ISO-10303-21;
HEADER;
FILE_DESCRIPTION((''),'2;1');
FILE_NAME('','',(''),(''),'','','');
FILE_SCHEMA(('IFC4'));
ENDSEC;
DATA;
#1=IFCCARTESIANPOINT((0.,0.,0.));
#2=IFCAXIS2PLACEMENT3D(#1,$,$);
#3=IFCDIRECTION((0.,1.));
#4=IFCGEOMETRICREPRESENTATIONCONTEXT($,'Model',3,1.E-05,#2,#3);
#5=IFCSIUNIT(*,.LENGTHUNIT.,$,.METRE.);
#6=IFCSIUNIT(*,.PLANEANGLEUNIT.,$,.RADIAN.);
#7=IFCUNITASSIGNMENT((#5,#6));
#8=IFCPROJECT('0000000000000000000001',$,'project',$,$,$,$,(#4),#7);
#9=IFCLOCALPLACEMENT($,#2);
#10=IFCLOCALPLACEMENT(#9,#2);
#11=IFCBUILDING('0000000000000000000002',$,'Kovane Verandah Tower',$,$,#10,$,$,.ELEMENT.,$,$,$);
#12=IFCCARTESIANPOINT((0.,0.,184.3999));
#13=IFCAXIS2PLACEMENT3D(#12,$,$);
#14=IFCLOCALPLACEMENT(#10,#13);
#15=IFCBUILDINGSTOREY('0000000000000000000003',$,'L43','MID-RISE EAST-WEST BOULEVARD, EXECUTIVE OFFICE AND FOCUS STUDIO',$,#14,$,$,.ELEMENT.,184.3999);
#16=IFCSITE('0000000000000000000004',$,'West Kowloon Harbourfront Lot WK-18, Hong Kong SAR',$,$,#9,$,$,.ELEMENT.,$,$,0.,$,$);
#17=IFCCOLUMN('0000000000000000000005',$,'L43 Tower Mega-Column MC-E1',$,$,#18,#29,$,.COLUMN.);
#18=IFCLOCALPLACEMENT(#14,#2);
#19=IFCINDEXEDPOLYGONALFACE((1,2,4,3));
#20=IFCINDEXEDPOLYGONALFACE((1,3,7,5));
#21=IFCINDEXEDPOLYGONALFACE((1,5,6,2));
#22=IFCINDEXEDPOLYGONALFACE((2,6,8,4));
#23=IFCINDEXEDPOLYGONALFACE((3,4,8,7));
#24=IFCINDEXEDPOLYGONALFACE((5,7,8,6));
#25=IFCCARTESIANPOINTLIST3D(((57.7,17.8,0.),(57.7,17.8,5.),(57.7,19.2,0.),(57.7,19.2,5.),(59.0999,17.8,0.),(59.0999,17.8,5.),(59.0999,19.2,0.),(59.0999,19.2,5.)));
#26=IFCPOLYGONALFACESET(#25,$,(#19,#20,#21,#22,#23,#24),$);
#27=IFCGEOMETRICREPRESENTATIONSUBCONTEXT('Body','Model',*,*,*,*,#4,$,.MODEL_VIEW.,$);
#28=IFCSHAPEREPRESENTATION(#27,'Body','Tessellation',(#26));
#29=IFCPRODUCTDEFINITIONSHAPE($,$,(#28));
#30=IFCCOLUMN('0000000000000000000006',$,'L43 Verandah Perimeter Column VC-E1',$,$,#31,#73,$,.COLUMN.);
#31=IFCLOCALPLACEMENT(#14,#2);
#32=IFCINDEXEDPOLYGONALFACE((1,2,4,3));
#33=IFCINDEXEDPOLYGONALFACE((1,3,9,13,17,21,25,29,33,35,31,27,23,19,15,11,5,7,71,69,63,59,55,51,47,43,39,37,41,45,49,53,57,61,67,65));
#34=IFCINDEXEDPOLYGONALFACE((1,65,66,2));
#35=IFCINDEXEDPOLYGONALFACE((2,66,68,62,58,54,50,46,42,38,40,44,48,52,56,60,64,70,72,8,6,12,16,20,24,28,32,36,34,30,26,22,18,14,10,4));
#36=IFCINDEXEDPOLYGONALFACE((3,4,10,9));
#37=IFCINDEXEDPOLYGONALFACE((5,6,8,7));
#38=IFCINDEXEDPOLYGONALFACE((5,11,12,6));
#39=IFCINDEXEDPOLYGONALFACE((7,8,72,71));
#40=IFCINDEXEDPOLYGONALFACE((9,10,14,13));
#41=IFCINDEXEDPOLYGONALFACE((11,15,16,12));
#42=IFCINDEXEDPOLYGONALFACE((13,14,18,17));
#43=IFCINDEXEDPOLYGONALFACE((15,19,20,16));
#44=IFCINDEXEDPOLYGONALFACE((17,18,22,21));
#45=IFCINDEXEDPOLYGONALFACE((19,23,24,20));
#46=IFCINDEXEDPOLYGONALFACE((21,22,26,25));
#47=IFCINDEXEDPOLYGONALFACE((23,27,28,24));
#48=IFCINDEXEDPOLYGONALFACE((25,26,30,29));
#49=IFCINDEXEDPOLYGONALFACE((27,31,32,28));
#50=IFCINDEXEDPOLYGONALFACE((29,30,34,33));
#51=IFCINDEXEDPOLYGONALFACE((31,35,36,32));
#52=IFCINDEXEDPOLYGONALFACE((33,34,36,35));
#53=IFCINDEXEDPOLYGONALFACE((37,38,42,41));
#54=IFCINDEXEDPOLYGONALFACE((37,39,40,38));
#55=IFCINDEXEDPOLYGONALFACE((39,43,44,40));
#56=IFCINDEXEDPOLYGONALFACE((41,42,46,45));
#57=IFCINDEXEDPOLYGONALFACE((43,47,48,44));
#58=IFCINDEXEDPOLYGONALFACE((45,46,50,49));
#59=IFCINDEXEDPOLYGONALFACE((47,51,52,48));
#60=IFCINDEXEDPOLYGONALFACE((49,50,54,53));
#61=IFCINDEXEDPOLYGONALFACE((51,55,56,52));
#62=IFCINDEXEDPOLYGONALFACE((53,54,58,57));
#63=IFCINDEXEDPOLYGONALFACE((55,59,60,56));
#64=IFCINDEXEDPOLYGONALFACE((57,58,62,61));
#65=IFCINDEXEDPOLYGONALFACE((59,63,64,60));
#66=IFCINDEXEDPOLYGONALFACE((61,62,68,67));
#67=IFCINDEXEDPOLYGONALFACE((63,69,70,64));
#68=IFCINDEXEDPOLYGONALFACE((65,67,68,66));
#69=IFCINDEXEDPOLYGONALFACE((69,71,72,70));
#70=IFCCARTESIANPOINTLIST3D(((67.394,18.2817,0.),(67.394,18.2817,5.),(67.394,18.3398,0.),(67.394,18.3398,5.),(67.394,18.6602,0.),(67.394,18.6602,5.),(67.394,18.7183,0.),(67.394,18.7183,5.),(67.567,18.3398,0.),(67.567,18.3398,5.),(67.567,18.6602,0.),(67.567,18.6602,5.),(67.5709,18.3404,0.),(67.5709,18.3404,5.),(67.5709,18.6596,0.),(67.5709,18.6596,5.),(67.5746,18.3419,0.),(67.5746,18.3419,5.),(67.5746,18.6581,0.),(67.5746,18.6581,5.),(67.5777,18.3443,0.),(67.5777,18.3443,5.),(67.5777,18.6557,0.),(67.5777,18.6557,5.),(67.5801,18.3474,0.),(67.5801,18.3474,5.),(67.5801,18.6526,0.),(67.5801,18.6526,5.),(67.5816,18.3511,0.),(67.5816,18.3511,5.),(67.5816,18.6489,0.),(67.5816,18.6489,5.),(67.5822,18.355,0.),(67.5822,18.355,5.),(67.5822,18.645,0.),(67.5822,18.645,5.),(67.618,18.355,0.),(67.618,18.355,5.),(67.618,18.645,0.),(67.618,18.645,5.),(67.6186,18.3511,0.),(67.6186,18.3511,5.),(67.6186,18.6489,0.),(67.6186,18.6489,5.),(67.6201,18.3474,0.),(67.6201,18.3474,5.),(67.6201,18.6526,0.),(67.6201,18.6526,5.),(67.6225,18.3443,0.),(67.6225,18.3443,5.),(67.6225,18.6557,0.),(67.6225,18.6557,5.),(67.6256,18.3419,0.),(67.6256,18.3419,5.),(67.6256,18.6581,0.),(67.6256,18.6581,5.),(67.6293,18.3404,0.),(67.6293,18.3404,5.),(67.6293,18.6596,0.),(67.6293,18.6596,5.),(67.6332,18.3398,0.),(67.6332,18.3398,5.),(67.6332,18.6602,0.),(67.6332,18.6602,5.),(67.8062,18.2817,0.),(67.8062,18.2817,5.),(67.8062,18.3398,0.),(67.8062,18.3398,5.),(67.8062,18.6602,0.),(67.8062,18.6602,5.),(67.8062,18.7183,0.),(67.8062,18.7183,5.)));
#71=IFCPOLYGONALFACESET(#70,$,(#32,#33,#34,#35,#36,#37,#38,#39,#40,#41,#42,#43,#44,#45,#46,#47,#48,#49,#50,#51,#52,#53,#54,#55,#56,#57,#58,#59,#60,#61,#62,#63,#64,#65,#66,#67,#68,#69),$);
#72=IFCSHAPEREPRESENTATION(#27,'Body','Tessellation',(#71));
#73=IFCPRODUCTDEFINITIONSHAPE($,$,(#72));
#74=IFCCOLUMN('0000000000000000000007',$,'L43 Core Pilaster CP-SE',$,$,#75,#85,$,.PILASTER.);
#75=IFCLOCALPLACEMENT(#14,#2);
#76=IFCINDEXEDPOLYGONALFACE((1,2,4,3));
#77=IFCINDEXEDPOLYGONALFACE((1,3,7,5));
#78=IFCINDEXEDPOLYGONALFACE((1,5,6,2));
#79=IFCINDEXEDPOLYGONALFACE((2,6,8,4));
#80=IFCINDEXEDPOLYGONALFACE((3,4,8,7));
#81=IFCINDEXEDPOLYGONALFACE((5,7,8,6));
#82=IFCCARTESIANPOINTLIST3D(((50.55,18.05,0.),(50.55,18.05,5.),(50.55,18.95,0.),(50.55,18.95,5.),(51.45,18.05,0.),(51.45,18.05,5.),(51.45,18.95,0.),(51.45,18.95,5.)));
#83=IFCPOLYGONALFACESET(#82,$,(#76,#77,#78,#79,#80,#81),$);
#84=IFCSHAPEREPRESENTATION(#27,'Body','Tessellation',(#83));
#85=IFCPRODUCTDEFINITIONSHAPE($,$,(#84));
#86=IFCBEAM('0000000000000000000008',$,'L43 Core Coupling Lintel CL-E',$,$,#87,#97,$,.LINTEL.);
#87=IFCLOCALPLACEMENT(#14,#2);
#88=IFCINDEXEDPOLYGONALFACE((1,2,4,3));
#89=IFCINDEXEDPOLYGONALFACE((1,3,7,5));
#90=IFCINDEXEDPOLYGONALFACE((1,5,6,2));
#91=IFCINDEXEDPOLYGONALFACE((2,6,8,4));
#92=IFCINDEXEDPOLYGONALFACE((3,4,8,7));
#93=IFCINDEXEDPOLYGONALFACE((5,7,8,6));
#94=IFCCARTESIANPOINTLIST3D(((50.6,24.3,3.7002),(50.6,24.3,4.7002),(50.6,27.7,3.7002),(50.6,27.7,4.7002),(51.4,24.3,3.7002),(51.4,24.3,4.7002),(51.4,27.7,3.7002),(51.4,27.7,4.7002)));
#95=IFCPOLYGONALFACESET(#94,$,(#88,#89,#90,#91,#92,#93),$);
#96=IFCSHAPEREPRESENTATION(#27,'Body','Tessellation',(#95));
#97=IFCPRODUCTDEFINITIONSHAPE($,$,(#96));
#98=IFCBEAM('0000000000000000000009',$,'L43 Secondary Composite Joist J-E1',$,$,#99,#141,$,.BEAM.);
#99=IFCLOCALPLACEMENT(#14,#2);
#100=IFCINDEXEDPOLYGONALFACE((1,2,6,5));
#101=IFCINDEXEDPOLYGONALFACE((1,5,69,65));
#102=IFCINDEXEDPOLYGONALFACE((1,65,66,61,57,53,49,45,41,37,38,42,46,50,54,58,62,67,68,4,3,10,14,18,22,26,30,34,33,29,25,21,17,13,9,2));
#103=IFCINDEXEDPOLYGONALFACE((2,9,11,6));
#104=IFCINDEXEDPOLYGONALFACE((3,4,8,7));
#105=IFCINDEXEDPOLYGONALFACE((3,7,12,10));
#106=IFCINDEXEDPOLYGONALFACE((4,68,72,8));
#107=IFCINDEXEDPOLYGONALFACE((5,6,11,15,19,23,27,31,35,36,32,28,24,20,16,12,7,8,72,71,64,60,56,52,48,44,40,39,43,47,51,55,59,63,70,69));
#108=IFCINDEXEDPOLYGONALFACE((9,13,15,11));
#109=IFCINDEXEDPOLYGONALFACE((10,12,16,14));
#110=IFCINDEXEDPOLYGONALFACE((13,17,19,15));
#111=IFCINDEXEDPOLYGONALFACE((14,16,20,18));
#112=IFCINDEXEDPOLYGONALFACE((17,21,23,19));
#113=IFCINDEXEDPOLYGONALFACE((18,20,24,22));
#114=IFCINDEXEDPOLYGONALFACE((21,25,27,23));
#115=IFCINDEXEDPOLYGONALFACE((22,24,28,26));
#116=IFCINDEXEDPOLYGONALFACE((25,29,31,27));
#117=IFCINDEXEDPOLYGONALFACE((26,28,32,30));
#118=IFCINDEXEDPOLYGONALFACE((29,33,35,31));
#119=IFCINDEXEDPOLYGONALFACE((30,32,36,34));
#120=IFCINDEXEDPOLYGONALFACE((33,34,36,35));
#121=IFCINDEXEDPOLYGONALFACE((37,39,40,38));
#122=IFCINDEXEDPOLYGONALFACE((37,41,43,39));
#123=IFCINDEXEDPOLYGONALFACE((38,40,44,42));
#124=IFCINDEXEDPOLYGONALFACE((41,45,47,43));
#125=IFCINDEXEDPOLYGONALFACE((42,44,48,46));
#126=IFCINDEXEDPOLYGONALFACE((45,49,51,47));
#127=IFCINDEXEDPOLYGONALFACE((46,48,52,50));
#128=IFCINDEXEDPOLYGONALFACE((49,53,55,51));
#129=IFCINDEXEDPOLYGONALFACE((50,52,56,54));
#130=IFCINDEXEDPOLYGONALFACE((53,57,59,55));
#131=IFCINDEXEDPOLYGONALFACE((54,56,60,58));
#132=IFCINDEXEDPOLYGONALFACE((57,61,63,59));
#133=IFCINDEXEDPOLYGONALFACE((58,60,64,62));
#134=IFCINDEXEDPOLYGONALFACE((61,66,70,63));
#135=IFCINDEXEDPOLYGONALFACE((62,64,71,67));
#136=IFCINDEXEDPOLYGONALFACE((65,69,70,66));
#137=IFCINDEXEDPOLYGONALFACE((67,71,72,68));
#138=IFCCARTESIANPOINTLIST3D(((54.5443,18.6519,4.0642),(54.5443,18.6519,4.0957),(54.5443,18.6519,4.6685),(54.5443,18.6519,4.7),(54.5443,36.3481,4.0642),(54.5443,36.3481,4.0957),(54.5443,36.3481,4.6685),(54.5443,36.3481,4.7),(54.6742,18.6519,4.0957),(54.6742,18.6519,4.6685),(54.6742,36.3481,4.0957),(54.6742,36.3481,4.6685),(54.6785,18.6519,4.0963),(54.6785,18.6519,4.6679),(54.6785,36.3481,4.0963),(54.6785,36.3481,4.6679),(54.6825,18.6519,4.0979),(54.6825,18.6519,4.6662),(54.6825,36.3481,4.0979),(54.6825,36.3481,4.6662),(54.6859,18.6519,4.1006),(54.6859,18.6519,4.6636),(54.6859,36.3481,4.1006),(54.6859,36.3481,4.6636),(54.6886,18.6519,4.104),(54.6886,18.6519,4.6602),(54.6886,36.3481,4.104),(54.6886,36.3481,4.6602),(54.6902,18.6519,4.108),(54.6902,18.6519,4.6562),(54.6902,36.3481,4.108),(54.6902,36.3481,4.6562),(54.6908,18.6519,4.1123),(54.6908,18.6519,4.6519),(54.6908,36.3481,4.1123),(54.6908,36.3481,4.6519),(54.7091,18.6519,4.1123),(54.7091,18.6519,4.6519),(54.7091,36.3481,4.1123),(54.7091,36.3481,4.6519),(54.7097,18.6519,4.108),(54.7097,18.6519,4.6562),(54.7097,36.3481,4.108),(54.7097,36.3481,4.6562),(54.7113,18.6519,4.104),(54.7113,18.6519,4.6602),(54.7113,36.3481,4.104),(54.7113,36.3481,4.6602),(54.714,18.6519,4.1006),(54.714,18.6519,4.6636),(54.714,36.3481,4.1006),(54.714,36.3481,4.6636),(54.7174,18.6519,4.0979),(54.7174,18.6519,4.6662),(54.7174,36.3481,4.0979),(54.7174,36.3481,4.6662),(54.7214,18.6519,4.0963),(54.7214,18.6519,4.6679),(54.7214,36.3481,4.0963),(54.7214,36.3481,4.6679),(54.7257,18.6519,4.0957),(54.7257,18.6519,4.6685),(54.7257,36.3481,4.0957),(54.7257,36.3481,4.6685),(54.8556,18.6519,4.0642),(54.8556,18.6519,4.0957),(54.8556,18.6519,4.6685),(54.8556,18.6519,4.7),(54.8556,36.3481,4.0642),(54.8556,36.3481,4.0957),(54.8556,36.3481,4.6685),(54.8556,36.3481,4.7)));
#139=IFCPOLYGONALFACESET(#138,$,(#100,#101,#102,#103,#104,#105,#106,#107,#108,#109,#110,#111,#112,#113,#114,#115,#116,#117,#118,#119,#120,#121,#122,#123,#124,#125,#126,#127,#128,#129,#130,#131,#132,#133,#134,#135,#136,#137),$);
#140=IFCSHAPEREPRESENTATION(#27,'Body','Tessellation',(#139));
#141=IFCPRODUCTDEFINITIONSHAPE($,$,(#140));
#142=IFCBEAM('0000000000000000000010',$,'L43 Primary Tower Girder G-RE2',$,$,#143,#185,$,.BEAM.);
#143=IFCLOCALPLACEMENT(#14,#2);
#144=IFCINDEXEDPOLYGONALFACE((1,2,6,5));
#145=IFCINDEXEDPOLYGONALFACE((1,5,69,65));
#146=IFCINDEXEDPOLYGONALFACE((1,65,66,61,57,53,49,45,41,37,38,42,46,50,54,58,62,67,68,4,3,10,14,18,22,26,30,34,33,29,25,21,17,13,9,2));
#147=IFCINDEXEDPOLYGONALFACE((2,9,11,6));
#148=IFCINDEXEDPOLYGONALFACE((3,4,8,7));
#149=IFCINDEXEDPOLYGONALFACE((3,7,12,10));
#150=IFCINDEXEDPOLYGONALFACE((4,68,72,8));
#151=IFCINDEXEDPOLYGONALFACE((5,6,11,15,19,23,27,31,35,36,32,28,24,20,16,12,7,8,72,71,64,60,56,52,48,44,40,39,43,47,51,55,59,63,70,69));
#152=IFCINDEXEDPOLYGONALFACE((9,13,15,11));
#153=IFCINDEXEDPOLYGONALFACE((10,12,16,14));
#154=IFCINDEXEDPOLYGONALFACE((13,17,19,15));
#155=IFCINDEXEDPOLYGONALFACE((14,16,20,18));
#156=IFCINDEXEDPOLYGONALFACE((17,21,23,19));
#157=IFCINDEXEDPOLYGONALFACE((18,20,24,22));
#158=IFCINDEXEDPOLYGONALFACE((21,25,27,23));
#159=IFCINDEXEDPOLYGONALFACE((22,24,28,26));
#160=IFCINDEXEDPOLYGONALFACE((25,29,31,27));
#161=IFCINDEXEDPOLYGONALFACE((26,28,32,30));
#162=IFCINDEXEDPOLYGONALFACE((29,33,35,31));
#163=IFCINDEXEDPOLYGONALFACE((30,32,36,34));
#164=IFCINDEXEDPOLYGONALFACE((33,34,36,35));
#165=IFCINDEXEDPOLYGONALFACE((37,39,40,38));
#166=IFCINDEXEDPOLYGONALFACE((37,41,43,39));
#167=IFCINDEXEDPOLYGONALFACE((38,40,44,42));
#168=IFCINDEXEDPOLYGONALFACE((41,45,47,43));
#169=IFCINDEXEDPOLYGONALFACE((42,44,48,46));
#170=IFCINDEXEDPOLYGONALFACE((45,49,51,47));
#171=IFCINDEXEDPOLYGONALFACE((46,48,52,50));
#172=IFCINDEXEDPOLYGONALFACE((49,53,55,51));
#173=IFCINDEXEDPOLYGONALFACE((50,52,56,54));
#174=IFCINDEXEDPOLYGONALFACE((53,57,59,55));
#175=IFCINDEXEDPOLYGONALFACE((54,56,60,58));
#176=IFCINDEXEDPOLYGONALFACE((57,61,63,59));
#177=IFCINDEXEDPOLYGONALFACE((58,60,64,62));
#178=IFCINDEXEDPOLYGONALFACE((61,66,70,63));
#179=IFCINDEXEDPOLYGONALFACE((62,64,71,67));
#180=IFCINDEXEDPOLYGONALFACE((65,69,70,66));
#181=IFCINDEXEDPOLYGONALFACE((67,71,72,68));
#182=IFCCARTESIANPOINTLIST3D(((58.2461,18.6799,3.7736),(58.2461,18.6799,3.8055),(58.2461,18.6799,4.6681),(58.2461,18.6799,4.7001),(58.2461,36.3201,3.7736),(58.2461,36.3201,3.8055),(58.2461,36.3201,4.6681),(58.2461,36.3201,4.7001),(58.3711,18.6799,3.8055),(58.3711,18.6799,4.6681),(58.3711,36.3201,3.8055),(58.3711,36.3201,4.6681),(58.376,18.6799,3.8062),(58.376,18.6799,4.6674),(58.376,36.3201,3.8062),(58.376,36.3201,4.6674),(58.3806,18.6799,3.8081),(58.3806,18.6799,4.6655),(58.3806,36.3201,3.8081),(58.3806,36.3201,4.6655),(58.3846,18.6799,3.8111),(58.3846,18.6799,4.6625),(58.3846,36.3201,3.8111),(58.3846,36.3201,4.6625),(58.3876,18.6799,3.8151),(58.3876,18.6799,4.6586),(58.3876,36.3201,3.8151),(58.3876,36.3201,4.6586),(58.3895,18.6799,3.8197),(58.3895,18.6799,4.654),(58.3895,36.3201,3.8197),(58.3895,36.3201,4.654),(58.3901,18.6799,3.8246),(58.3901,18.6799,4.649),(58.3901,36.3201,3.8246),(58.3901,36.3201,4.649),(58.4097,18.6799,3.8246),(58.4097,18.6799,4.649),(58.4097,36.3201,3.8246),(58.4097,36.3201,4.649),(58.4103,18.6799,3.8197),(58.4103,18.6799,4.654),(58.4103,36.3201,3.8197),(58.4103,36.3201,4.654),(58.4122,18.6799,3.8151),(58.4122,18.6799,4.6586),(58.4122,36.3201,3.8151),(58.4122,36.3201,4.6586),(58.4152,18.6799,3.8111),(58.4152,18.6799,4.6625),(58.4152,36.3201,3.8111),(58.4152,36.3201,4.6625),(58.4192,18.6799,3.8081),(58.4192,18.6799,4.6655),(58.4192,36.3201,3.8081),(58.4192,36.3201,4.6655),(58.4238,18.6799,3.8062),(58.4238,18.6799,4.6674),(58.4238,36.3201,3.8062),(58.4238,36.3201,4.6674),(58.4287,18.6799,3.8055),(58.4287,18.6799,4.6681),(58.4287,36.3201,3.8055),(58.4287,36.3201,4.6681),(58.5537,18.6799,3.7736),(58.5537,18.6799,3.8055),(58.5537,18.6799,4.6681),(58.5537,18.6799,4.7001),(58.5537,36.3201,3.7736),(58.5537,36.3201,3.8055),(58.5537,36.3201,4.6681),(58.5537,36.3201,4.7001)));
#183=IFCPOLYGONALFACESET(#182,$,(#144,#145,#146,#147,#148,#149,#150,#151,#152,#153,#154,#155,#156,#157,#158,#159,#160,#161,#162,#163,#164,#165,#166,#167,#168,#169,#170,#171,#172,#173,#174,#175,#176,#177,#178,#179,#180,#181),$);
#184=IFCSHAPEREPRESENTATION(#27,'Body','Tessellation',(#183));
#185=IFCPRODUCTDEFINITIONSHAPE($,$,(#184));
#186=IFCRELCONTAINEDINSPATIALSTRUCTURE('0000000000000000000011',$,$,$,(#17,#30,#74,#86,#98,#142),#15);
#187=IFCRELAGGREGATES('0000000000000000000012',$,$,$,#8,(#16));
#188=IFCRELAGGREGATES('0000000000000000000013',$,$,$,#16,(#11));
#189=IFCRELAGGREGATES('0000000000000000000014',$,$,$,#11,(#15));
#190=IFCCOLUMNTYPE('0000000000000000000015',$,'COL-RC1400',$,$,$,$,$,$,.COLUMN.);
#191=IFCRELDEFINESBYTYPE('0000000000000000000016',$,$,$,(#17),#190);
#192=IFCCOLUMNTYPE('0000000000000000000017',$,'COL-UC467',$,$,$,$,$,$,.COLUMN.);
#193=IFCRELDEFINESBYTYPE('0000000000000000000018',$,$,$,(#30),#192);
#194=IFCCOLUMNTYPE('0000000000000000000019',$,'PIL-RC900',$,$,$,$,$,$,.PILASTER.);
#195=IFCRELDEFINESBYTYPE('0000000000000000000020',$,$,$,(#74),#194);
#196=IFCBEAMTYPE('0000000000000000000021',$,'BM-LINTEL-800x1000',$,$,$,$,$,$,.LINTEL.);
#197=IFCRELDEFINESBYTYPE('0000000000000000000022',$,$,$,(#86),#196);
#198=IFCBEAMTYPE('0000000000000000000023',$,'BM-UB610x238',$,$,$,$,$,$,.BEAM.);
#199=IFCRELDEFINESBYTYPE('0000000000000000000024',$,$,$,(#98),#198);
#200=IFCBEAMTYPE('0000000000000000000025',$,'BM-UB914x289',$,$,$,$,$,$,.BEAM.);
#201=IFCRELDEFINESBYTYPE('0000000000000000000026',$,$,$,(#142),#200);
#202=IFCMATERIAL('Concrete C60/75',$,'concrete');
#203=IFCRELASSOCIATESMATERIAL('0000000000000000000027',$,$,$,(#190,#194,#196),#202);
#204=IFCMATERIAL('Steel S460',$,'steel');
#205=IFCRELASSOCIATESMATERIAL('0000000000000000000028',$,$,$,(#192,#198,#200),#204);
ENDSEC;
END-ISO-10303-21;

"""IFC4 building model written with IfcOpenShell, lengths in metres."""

from ifc_helpers import new_model, si_unit, direction, frame, origin, origin_2d, place, context, subcontext, project, spatial, rectangle, i_section, extrude, material, material_profile, profile_set, type_object, element, save


model = new_model("IFC4")

# Units and contexts
model_context = context("Model", 3, precision=1e-05, world=origin(), true_north=direction((0.0, 1.0)))
body_context = subcontext(model_context, "Body", "Model", "MODEL_VIEW")
ifc_project = project(units=[si_unit("LENGTHUNIT", "METRE"), si_unit("PLANEANGLEUNIT", "RADIAN")], contexts=[model_context])

# Site, building, storey
site_placement = place(None, origin())
site = spatial("IfcSite", under=ifc_project, at=site_placement, Name="West Kowloon Harbourfront Lot WK-18, Hong Kong SAR", CompositionType="ELEMENT", RefElevation=0.0)
building_placement = place(site_placement, origin())
building = spatial("IfcBuilding", under=site, at=building_placement, Name="Kovane Verandah Tower", CompositionType="ELEMENT")
storey_placement = place(building_placement, frame((0.0, 0.0, 184.3999)))
storey = spatial("IfcBuildingStorey", under=building, at=storey_placement, Name="L43", Description="MID-RISE EAST-WEST BOULEVARD, EXECUTIVE OFFICE AND FOCUS STUDIO", CompositionType="ELEMENT", Elevation=184.3999)

# Columns
ifc_material_1 = material(Name="Concrete C60/75", Category="concrete")
ifc_material_profile_1 = material_profile(ifc_material_1, rectangle(XDim=1.3999, YDim=1.3999, at=origin_2d()), Name="RC1400x1400")
ifc_profile_set_1 = profile_set([ifc_material_profile_1], Name="Concrete C60/75")
column_type_1 = type_object("IfcColumnType", Name="COL-RC1400", PredefinedType="COLUMN", material=ifc_profile_set_1)
column_1_placement = place(storey_placement, frame((58.3999, 18.5, 0.0), z_axis=(0.0, 0.0, 1.0), x_axis=(1.0, 0.0, 0.0)))
element("IfcColumn", 1, at=column_1_placement, inside=storey, type_object=column_type_1, Name="L43 Tower Mega-Column MC-E1", PredefinedType="COLUMN", context=body_context, shape_type="SweptSolid", body=[
    extrude(rectangle(XDim=1.3999, YDim=1.3999, at=origin_2d()), origin(), (0.0, 0.0, 1.0), 5.0),
])
ifc_material_2 = material(Name="Steel S460", Category="steel")
ifc_material_profile_2 = material_profile(ifc_material_2, i_section(OverallWidth=0.4121, OverallDepth=0.4365, WebThickness=0.0359, FlangeThickness=0.0581, FilletRadius=0.0151, at=origin_2d()), Name="UC356x406x467")
ifc_profile_set_2 = profile_set([ifc_material_profile_2], Name="Steel S460")
column_type_2 = type_object("IfcColumnType", Name="COL-UC467", PredefinedType="COLUMN", material=ifc_profile_set_2)
column_2_placement = place(storey_placement, frame((67.6001, 18.5, 0.0), z_axis=(0.0, 0.0, 1.0), x_axis=(1.0, 0.0, 0.0)))
element("IfcColumn", 2, at=column_2_placement, inside=storey, type_object=column_type_2, Name="L43 Verandah Perimeter Column VC-E1", PredefinedType="COLUMN", context=body_context, shape_type="SweptSolid", body=[
    extrude(i_section(OverallWidth=0.4121, OverallDepth=0.4365, WebThickness=0.0359, FlangeThickness=0.0581, FilletRadius=0.0151, at=origin_2d()), origin(), (0.0, 0.0, 1.0), 5.0),
])
ifc_material_profile_3 = material_profile(ifc_material_1, rectangle(XDim=0.8999, YDim=0.8999, at=origin_2d()), Name="RC900x900")
ifc_profile_set_3 = profile_set([ifc_material_profile_3], Name="Concrete C60/75")
column_type_3 = type_object("IfcColumnType", Name="PIL-RC900", PredefinedType="PILASTER", material=ifc_profile_set_3)
column_3_placement = place(storey_placement, frame((51.0, 18.5, 0.0), z_axis=(0.0, 0.0, 1.0), x_axis=(1.0, 0.0, 0.0)))
element("IfcColumn", 3, at=column_3_placement, inside=storey, type_object=column_type_3, Name="L43 Core Pilaster CP-SE", PredefinedType="PILASTER", context=body_context, shape_type="SweptSolid", body=[
    extrude(rectangle(XDim=0.8999, YDim=0.8999, at=origin_2d()), origin(), (0.0, 0.0, 1.0), 5.0),
])

# Beams
ifc_material_profile_4 = material_profile(ifc_material_1, rectangle(XDim=0.8, YDim=1.0, at=origin_2d()), Name="RCB800x1000")
ifc_profile_set_4 = profile_set([ifc_material_profile_4], Name="Concrete C60/75")
beam_type_1 = type_object("IfcBeamType", Name="BM-LINTEL-800x1000", PredefinedType="LINTEL", material=ifc_profile_set_4)
beam_1_placement = place(storey_placement, frame((51.0, 24.3, 4.2002), z_axis=(0.0, 1.0, 0.0), x_axis=(-1.0, 0.0, 0.0)))
element("IfcBeam", 4, at=beam_1_placement, inside=storey, type_object=beam_type_1, Name="L43 Core Coupling Lintel CL-E", PredefinedType="LINTEL", context=body_context, shape_type="SweptSolid", body=[
    extrude(rectangle(XDim=0.8, YDim=1.0, at=origin_2d()), origin(), (0.0, 0.0, 1.0), 3.3999),
])
ifc_material_profile_5 = material_profile(ifc_material_2, i_section(OverallWidth=0.3113, OverallDepth=0.6357, WebThickness=0.0183, FlangeThickness=0.0315, FilletRadius=0.0166, at=origin_2d()), Name="UB610x305x238")
ifc_profile_set_5 = profile_set([ifc_material_profile_5], Name="Steel S460")
beam_type_2 = type_object("IfcBeamType", Name="BM-UB610x238", PredefinedType="BEAM", material=ifc_profile_set_5)
beam_2_placement = place(storey_placement, frame((54.7, 18.6519, 4.3821), z_axis=(0.0, 1.0, 0.0), x_axis=(-1.0, 0.0, 0.0)))
element("IfcBeam", 5, at=beam_2_placement, inside=storey, type_object=beam_type_2, Name="L43 Secondary Composite Joist J-E1", PredefinedType="BEAM", context=body_context, shape_type="SweptSolid", body=[
    extrude(i_section(OverallWidth=0.3113, OverallDepth=0.6357, WebThickness=0.0183, FlangeThickness=0.0315, FilletRadius=0.0166, at=origin_2d()), origin(), (0.0, 0.0, 1.0), 17.6963),
])
ifc_material_profile_6 = material_profile(ifc_material_2, i_section(OverallWidth=0.3076, OverallDepth=0.9265, WebThickness=0.0195, FlangeThickness=0.032, FilletRadius=0.019, at=origin_2d()), Name="UB914x305x289")
ifc_profile_set_6 = profile_set([ifc_material_profile_6], Name="Steel S460")
beam_type_3 = type_object("IfcBeamType", Name="BM-UB914x289", PredefinedType="BEAM", material=ifc_profile_set_6)
beam_3_placement = place(storey_placement, frame((58.3999, 18.6799, 4.2368), z_axis=(0.0, 1.0, 0.0), x_axis=(-1.0, 0.0, 0.0)))
element("IfcBeam", 6, at=beam_3_placement, inside=storey, type_object=beam_type_3, Name="L43 Primary Tower Girder G-RE2", PredefinedType="BEAM", context=body_context, shape_type="SweptSolid", body=[
    extrude(i_section(OverallWidth=0.3076, OverallDepth=0.9265, WebThickness=0.0195, FlangeThickness=0.032, FilletRadius=0.019, at=origin_2d()), origin(), (0.0, 0.0, 1.0), 17.6401),
])

save(model, "model.ifc")
